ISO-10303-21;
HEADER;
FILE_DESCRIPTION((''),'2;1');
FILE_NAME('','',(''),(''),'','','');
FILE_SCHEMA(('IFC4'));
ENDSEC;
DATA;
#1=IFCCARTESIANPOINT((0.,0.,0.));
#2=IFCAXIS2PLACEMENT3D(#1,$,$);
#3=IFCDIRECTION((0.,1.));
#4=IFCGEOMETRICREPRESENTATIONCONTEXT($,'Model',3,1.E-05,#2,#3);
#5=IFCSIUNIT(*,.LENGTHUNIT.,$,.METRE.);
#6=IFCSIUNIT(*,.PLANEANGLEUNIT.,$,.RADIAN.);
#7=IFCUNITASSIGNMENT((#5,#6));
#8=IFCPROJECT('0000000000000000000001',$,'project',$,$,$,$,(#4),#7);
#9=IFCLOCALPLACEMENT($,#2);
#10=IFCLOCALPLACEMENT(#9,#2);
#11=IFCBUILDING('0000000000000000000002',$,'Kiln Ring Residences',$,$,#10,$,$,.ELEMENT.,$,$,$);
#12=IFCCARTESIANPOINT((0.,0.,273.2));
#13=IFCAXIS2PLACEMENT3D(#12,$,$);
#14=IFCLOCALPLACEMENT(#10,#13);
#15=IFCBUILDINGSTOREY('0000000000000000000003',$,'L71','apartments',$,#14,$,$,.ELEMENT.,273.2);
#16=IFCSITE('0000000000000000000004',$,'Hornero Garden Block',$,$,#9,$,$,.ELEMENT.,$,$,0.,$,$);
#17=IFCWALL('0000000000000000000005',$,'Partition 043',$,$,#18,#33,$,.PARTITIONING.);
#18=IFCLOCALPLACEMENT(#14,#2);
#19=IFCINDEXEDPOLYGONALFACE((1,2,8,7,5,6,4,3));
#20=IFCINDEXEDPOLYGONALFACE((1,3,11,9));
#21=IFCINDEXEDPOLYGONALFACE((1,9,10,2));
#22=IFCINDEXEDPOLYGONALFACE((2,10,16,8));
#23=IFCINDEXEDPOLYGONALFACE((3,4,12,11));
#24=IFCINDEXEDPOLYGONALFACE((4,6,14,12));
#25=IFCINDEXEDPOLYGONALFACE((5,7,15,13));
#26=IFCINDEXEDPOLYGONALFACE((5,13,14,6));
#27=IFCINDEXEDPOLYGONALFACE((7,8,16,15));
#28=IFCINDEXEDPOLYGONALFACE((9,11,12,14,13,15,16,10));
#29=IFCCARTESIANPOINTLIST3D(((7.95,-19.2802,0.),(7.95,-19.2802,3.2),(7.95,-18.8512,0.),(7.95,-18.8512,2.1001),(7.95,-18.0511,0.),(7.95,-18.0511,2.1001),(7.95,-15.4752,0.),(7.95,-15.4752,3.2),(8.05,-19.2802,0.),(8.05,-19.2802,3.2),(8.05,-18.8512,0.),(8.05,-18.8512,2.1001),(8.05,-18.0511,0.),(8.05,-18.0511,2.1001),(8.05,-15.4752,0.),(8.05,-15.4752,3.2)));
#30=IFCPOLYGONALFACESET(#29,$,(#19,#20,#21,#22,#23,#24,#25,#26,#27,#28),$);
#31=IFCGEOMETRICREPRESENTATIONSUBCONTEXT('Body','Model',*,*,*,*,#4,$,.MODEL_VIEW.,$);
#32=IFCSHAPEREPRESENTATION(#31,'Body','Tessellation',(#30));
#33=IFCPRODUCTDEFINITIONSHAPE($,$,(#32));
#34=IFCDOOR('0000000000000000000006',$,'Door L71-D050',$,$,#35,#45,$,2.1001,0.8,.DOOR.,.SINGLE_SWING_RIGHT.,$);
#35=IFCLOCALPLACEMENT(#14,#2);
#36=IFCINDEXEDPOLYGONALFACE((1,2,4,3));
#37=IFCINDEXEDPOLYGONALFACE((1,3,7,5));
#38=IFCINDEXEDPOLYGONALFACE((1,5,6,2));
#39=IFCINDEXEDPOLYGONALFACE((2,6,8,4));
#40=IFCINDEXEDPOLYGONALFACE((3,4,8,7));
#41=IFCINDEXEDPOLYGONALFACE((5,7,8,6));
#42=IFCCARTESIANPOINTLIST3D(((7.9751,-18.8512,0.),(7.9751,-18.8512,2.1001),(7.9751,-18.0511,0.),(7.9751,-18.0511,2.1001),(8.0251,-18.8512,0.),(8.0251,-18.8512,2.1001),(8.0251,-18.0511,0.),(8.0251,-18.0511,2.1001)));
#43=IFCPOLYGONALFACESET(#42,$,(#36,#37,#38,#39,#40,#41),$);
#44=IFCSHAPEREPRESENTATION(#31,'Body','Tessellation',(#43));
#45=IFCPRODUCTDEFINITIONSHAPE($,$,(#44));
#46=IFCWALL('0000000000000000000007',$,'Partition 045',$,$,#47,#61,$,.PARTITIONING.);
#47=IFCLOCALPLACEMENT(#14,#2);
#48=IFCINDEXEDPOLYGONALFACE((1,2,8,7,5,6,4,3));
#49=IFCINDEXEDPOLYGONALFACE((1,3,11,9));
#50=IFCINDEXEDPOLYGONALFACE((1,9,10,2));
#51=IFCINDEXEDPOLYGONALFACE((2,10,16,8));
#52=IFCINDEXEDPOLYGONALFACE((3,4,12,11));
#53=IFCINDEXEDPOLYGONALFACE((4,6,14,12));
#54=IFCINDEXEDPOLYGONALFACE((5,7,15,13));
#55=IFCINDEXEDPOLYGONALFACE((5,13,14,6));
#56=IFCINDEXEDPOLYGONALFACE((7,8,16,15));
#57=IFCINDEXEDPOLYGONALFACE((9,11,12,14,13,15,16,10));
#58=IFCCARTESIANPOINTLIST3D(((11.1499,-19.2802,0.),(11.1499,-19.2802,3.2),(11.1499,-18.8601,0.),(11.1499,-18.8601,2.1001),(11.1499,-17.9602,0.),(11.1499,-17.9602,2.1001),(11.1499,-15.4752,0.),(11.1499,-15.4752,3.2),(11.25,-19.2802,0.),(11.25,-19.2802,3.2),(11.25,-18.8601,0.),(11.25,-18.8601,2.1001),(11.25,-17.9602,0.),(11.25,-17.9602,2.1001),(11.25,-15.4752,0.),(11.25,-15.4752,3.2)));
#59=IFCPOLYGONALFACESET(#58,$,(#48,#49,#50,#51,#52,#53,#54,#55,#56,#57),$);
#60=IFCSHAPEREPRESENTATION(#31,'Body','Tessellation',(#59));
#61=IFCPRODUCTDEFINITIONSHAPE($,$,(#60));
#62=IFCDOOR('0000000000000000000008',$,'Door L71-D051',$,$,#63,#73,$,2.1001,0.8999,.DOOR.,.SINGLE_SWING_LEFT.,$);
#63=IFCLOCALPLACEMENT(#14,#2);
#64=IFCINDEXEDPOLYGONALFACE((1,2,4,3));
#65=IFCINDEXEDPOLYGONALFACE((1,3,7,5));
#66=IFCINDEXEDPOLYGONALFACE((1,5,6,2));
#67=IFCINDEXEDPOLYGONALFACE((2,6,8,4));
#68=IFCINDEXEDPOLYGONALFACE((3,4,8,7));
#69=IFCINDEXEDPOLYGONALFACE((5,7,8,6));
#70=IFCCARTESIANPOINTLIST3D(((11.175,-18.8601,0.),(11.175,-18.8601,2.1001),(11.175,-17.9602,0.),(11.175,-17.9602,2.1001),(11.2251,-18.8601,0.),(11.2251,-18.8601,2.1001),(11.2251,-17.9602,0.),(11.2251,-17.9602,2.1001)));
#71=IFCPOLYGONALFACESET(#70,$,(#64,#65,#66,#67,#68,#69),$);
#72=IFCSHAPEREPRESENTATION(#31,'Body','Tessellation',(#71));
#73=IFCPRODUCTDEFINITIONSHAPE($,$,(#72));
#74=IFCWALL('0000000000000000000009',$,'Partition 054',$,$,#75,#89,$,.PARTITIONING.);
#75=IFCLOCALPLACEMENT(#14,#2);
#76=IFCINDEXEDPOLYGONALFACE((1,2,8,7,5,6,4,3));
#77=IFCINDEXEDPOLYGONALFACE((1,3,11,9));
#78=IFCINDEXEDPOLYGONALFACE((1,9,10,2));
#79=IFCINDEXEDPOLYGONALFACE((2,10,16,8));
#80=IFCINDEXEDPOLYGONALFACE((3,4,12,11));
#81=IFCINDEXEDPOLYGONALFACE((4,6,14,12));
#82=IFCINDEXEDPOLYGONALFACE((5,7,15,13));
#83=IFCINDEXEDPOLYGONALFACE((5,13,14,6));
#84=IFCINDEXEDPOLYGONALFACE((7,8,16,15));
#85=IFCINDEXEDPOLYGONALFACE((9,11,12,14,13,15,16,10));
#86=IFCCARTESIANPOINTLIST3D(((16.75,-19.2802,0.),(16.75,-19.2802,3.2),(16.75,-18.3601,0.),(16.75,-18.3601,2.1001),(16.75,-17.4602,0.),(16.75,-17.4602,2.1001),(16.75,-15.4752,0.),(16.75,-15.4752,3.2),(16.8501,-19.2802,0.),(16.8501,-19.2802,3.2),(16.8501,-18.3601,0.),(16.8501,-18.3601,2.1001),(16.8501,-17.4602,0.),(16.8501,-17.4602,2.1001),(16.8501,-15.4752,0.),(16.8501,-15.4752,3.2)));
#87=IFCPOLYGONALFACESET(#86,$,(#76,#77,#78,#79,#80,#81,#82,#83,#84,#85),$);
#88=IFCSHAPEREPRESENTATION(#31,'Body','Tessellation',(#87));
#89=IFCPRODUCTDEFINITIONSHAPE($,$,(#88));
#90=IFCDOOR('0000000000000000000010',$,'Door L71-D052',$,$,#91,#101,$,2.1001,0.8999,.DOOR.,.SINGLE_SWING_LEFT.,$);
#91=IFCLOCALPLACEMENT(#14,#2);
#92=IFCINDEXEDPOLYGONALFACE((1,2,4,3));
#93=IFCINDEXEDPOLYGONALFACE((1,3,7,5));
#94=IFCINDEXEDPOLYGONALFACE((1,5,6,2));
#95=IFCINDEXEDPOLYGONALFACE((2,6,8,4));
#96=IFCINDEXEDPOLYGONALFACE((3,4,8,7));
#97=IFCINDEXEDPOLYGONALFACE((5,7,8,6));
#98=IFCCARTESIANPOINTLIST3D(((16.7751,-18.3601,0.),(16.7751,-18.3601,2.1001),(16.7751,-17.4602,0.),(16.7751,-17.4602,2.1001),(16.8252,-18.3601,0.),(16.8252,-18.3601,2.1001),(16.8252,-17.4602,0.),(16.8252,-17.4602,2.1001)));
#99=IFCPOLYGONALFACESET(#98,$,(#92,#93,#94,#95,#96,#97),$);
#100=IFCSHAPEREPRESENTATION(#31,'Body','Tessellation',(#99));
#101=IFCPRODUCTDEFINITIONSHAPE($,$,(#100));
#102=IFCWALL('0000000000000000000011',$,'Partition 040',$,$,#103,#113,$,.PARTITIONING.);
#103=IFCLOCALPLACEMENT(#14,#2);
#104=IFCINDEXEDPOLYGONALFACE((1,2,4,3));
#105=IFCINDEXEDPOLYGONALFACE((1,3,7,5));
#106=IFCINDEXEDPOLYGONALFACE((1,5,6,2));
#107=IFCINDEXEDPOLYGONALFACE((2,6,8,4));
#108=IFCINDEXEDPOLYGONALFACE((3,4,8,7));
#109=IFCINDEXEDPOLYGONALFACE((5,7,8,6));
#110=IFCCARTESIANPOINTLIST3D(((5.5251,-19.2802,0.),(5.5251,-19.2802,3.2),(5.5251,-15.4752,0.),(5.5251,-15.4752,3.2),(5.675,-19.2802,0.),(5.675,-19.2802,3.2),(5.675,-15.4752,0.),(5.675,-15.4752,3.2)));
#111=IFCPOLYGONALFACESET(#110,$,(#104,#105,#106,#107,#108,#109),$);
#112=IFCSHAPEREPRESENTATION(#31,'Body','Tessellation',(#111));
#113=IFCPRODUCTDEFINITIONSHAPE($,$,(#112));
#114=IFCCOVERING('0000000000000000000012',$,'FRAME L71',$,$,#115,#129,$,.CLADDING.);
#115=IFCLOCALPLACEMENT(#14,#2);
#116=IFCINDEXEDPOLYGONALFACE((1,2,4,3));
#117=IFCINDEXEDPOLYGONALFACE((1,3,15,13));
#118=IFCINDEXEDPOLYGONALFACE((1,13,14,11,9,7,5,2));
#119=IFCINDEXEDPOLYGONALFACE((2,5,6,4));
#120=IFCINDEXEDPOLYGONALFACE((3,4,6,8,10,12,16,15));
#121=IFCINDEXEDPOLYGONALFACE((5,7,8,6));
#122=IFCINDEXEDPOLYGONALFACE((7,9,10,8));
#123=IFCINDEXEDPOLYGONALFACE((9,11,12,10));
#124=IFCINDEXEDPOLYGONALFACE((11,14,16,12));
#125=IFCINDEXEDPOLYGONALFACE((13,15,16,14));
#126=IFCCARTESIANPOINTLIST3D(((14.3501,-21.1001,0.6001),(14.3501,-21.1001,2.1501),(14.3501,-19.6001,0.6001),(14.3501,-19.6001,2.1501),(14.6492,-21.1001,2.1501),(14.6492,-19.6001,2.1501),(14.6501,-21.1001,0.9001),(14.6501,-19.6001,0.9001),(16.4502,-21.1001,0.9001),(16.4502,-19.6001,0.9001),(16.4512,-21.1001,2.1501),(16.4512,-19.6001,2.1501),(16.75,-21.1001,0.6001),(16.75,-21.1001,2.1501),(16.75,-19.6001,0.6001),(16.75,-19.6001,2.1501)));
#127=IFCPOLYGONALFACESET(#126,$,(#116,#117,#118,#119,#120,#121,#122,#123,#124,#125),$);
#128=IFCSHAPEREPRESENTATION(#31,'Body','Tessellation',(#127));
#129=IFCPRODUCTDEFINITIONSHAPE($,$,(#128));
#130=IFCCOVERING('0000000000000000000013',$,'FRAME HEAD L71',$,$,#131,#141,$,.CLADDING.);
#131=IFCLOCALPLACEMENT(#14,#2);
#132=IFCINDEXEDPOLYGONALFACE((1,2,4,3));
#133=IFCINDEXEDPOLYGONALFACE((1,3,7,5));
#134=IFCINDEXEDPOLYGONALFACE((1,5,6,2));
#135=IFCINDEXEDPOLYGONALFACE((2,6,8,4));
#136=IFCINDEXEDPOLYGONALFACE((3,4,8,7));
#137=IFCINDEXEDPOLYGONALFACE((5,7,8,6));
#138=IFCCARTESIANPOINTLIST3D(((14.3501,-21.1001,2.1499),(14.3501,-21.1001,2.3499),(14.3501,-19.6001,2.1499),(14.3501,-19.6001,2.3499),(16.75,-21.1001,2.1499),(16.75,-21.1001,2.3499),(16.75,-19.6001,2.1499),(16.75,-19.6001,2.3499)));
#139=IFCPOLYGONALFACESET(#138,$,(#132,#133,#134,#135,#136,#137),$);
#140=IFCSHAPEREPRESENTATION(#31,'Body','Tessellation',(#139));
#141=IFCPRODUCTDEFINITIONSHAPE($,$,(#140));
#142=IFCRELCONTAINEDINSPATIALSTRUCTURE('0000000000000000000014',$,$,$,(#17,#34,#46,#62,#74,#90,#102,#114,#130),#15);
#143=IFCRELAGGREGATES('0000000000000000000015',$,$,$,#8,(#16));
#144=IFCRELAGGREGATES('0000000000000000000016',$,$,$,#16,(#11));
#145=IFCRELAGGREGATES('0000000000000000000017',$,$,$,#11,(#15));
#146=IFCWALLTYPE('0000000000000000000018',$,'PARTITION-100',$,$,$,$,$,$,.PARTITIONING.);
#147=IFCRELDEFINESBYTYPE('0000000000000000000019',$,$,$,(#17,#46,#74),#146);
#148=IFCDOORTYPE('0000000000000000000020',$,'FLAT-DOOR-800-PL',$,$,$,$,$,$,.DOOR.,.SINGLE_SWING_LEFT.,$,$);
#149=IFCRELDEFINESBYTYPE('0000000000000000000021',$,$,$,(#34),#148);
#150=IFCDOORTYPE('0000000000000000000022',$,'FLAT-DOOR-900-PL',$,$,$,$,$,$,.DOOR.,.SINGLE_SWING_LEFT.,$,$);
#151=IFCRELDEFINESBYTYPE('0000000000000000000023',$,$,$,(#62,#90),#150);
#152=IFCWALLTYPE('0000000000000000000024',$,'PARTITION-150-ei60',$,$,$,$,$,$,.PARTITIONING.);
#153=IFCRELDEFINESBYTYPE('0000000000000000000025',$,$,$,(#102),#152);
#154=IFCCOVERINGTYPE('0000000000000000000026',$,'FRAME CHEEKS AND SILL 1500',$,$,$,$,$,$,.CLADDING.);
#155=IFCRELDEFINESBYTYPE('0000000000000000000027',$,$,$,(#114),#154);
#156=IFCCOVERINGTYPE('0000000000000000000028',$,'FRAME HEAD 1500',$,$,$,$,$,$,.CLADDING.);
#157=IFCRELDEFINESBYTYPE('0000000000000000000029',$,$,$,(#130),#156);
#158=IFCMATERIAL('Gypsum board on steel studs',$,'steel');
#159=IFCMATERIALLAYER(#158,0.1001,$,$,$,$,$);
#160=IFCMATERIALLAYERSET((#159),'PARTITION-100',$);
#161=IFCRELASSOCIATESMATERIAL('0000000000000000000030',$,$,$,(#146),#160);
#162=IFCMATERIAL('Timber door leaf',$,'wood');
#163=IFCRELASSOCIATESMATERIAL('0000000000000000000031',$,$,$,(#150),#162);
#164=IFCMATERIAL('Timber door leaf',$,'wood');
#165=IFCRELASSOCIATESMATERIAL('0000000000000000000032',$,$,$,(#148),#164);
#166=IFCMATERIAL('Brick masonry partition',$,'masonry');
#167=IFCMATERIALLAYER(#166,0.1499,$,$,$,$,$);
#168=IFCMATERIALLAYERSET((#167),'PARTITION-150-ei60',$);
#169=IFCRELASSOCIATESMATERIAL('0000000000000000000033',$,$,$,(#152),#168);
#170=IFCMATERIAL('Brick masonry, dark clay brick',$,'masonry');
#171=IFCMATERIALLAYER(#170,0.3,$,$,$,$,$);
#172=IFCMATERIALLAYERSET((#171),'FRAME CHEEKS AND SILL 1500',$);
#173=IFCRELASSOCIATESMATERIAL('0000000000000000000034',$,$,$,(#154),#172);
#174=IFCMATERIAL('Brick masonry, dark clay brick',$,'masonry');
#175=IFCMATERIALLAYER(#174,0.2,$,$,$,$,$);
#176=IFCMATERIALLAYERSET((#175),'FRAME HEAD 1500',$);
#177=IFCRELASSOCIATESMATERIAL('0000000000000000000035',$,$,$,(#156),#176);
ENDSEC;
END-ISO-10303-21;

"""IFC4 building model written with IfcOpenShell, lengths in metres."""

from ifc_helpers import new_model, si_unit, direction, frame, frame_2d, origin, origin_2d, place, context, subcontext, project, spatial, polyline, rectangle, outline, extrude, material, layer, layer_set, type_object, element, fill, save


model = new_model("IFC4")

# Units and contexts
model_context = context("Model", 3, precision=1e-05, world=origin(), true_north=direction((0.0, 1.0)))
body_context = subcontext(model_context, "Body", "Model", "MODEL_VIEW")
ifc_project = project(units=[si_unit("LENGTHUNIT", "METRE"), si_unit("PLANEANGLEUNIT", "RADIAN")], contexts=[model_context])

# Site, building, storey
site_placement = place(None, origin())
site = spatial("IfcSite", under=ifc_project, at=site_placement, Name="Hornero Garden Block", CompositionType="ELEMENT", RefElevation=0.0)
building_placement = place(site_placement, origin())
building = spatial("IfcBuilding", under=site, at=building_placement, Name="Kiln Ring Residences", CompositionType="ELEMENT")
storey_placement = place(building_placement, frame((0.0, 0.0, 273.2)))
storey = spatial("IfcBuildingStorey", under=building, at=storey_placement, Name="L71", Description="apartments", CompositionType="ELEMENT", Elevation=273.2)

# Walls, openings, doors
ifc_material_1 = material(Name="Gypsum board on steel studs", Category="steel")
ifc_layer_1 = layer(ifc_material_1, 0.1001)
ifc_layer_set_1 = layer_set([ifc_layer_1], Name="PARTITION-100")
wall_type_1 = type_object("IfcWallType", Name="PARTITION-100", PredefinedType="PARTITIONING", material=ifc_layer_set_1)
ifc_material_2 = material(Name="Timber door leaf", Category="wood")
door_type_1 = type_object("IfcDoorType", Name="FLAT-DOOR-900-PL", OperationType="SINGLE_SWING_LEFT", PredefinedType="DOOR", material=ifc_material_2)
wall_1_placement = place(storey_placement, frame((8.0, -19.28, 0.0), z_axis=(0.0, 0.0, 1.0), x_axis=(0.0, 1.0, 0.0)))
wall_1 = element("IfcWall", 1, at=wall_1_placement, inside=storey, type_object=wall_type_1, Name="Partition 043", PredefinedType="PARTITIONING", context=body_context, shape_type="SweptSolid", body=[
    extrude(rectangle(XDim=3.8049, YDim=0.1001, at=frame_2d((1.9023, 0.0))), origin(), (0.0, 0.0, 1.0), 3.2),
])
opening_1_placement = place(wall_1_placement, frame((0.429, 0.0, 0.0)))
opening_1 = element("IfcOpeningElement", 2, at=opening_1_placement, cuts=wall_1, PredefinedType="OPENING", context=body_context, shape_type="SweptSolid", body=[
    extrude(rectangle(XDim=0.8, YDim=2.1001, at=frame_2d((0.3999, 1.05))), frame((0.0, 0.0601, 0.0), z_axis=(0.0, -1.0, 0.0), x_axis=(1.0, 0.0, 0.0)), (0.0, 0.0, 1.0), 0.1201),
])
ifc_material_3 = material(Name="Timber door leaf", Category="wood")
door_type_2 = type_object("IfcDoorType", Name="FLAT-DOOR-800-PL", OperationType="SINGLE_SWING_LEFT", PredefinedType="DOOR", material=ifc_material_3)
door_1_placement = place(opening_1_placement, origin())
door_1 = element("IfcDoor", 3, at=door_1_placement, inside=storey, type_object=door_type_2, Name="Door L71-D050", OperationType="SINGLE_SWING_RIGHT", OverallHeight=2.1001, OverallWidth=0.8, PredefinedType="DOOR", context=body_context, shape_type="SweptSolid", body=[
    extrude(rectangle(XDim=0.8, YDim=2.1001, at=frame_2d((0.3999, 1.05))), frame((0.0, 0.0249, 0.0), z_axis=(0.0, -1.0, 0.0), x_axis=(1.0, 0.0, 0.0)), (0.0, 0.0, 1.0), 0.05),
])
fill(opening_1, door_1)
wall_2_placement = place(storey_placement, frame((11.2, -19.28, 0.0), z_axis=(0.0, 0.0, 1.0), x_axis=(0.0, 1.0, 0.0)))
wall_2 = element("IfcWall", 4, at=wall_2_placement, inside=storey, type_object=wall_type_1, Name="Partition 045", PredefinedType="PARTITIONING", context=body_context, shape_type="SweptSolid", body=[
    extrude(rectangle(XDim=3.8049, YDim=0.1001, at=frame_2d((1.9023, 0.0))), origin(), (0.0, 0.0, 1.0), 3.2),
])
opening_2_placement = place(wall_2_placement, frame((0.4199, 0.0, 0.0)))
opening_2 = element("IfcOpeningElement", 5, at=opening_2_placement, cuts=wall_2, PredefinedType="OPENING", context=body_context, shape_type="SweptSolid", body=[
    extrude(rectangle(XDim=0.8999, YDim=2.1001, at=frame_2d((0.45, 1.05))), frame((0.0, 0.0601, 0.0), z_axis=(0.0, -1.0, 0.0), x_axis=(1.0, 0.0, 0.0)), (0.0, 0.0, 1.0), 0.1201),
])
door_2_placement = place(opening_2_placement, origin())
door_2 = element("IfcDoor", 6, at=door_2_placement, inside=storey, type_object=door_type_1, Name="Door L71-D051", OperationType="SINGLE_SWING_LEFT", OverallHeight=2.1001, OverallWidth=0.8999, PredefinedType="DOOR", context=body_context, shape_type="SweptSolid", body=[
    extrude(rectangle(XDim=0.8999, YDim=2.1001, at=frame_2d((0.45, 1.05))), frame((0.0, 0.0249, 0.0), z_axis=(0.0, -1.0, 0.0), x_axis=(1.0, 0.0, 0.0)), (0.0, 0.0, 1.0), 0.05),
])
fill(opening_2, door_2)
wall_3_placement = place(storey_placement, frame((16.8, -19.28, 0.0), z_axis=(0.0, 0.0, 1.0), x_axis=(0.0, 1.0, 0.0)))
wall_3 = element("IfcWall", 7, at=wall_3_placement, inside=storey, type_object=wall_type_1, Name="Partition 054", PredefinedType="PARTITIONING", context=body_context, shape_type="SweptSolid", body=[
    extrude(rectangle(XDim=3.8049, YDim=0.1001, at=frame_2d((1.9023, 0.0))), origin(), (0.0, 0.0, 1.0), 3.2),
])
opening_3_placement = place(wall_3_placement, frame((0.9199, 0.0, 0.0)))
opening_3 = element("IfcOpeningElement", 8, at=opening_3_placement, cuts=wall_3, PredefinedType="OPENING", context=body_context, shape_type="SweptSolid", body=[
    extrude(rectangle(XDim=0.8999, YDim=2.1001, at=frame_2d((0.45, 1.05))), frame((0.0, 0.0601, 0.0), z_axis=(0.0, -1.0, 0.0), x_axis=(1.0, 0.0, 0.0)), (0.0, 0.0, 1.0), 0.1201),
])
door_3_placement = place(opening_3_placement, origin())
door_3 = element("IfcDoor", 9, at=door_3_placement, inside=storey, type_object=door_type_1, Name="Door L71-D052", OperationType="SINGLE_SWING_LEFT", OverallHeight=2.1001, OverallWidth=0.8999, PredefinedType="DOOR", context=body_context, shape_type="SweptSolid", body=[
    extrude(rectangle(XDim=0.8999, YDim=2.1001, at=frame_2d((0.45, 1.05))), frame((0.0, 0.0249, 0.0), z_axis=(0.0, -1.0, 0.0), x_axis=(1.0, 0.0, 0.0)), (0.0, 0.0, 1.0), 0.05),
])
fill(opening_3, door_3)

# Wall
ifc_material_4 = material(Name="Brick masonry partition", Category="masonry")
ifc_layer_2 = layer(ifc_material_4, 0.1499)
ifc_layer_set_2 = layer_set([ifc_layer_2], Name="PARTITION-150-ei60")
wall_type_2 = type_object("IfcWallType", Name="PARTITION-150-ei60", PredefinedType="PARTITIONING", material=ifc_layer_set_2)
wall_4_placement = place(storey_placement, frame((5.6001, -19.28, 0.0), z_axis=(0.0, 0.0, 1.0), x_axis=(0.0, 1.0, 0.0)))
element("IfcWall", 10, at=wall_4_placement, inside=storey, type_object=wall_type_2, Name="Partition 040", PredefinedType="PARTITIONING", context=body_context, shape_type="SweptSolid", body=[
    extrude(rectangle(XDim=3.8049, YDim=0.1499, at=frame_2d((1.9023, 0.0))), origin(), (0.0, 0.0, 1.0), 3.2),
])

# Coverings
ifc_material_5 = material(Name="Brick masonry, dark clay brick", Category="masonry")
ifc_layer_3 = layer(ifc_material_5, 0.3)
ifc_layer_set_3 = layer_set([ifc_layer_3], Name="FRAME CHEEKS AND SILL 1500")
covering_type_1 = type_object("IfcCoveringType", Name="FRAME CHEEKS AND SILL 1500", PredefinedType="CLADDING", material=ifc_layer_set_3)
covering_1_placement = place(storey_placement, frame((14.3501, -20.3501, 0.6001), z_axis=(0.0, 0.0, 1.0), x_axis=(1.0, 0.0, 0.0)))
element("IfcCovering", 11, at=covering_1_placement, inside=storey, type_object=covering_type_1, Name="FRAME L71", PredefinedType="CLADDING", context=body_context, shape_type="SweptSolid", body=[
    extrude(outline(polyline([(0.0, 0.0), (2.3999, 0.0), (2.3999, 1.55), (2.1011, 1.55), (2.1001, 0.3), (0.3, 0.3), (0.2991, 1.55), (0.0, 1.55), (0.0, 0.0)])), frame((0.0, 0.75, 0.0), z_axis=(0.0, -1.0, 0.0), x_axis=(1.0, 0.0, 0.0)), (0.0, 0.0, 1.0), 1.5),
])
ifc_material_6 = material(Name="Brick masonry, dark clay brick", Category="masonry")
ifc_layer_4 = layer(ifc_material_6, 0.2)
ifc_layer_set_4 = layer_set([ifc_layer_4], Name="FRAME HEAD 1500")
covering_type_2 = type_object("IfcCoveringType", Name="FRAME HEAD 1500", PredefinedType="CLADDING", material=ifc_layer_set_4)
covering_2_placement = place(storey_placement, frame((15.55, -20.3501, 2.1499), z_axis=(0.0, 0.0, 1.0), x_axis=(1.0, 0.0, 0.0)))
element("IfcCovering", 12, at=covering_2_placement, inside=storey, type_object=covering_type_2, Name="FRAME HEAD L71", PredefinedType="CLADDING", context=body_context, shape_type="SweptSolid", body=[
    extrude(rectangle(XDim=2.3999, YDim=1.5, at=origin_2d()), origin(), (0.0, 0.0, 1.0), 0.2),
])

save(model, "model.ifc")
